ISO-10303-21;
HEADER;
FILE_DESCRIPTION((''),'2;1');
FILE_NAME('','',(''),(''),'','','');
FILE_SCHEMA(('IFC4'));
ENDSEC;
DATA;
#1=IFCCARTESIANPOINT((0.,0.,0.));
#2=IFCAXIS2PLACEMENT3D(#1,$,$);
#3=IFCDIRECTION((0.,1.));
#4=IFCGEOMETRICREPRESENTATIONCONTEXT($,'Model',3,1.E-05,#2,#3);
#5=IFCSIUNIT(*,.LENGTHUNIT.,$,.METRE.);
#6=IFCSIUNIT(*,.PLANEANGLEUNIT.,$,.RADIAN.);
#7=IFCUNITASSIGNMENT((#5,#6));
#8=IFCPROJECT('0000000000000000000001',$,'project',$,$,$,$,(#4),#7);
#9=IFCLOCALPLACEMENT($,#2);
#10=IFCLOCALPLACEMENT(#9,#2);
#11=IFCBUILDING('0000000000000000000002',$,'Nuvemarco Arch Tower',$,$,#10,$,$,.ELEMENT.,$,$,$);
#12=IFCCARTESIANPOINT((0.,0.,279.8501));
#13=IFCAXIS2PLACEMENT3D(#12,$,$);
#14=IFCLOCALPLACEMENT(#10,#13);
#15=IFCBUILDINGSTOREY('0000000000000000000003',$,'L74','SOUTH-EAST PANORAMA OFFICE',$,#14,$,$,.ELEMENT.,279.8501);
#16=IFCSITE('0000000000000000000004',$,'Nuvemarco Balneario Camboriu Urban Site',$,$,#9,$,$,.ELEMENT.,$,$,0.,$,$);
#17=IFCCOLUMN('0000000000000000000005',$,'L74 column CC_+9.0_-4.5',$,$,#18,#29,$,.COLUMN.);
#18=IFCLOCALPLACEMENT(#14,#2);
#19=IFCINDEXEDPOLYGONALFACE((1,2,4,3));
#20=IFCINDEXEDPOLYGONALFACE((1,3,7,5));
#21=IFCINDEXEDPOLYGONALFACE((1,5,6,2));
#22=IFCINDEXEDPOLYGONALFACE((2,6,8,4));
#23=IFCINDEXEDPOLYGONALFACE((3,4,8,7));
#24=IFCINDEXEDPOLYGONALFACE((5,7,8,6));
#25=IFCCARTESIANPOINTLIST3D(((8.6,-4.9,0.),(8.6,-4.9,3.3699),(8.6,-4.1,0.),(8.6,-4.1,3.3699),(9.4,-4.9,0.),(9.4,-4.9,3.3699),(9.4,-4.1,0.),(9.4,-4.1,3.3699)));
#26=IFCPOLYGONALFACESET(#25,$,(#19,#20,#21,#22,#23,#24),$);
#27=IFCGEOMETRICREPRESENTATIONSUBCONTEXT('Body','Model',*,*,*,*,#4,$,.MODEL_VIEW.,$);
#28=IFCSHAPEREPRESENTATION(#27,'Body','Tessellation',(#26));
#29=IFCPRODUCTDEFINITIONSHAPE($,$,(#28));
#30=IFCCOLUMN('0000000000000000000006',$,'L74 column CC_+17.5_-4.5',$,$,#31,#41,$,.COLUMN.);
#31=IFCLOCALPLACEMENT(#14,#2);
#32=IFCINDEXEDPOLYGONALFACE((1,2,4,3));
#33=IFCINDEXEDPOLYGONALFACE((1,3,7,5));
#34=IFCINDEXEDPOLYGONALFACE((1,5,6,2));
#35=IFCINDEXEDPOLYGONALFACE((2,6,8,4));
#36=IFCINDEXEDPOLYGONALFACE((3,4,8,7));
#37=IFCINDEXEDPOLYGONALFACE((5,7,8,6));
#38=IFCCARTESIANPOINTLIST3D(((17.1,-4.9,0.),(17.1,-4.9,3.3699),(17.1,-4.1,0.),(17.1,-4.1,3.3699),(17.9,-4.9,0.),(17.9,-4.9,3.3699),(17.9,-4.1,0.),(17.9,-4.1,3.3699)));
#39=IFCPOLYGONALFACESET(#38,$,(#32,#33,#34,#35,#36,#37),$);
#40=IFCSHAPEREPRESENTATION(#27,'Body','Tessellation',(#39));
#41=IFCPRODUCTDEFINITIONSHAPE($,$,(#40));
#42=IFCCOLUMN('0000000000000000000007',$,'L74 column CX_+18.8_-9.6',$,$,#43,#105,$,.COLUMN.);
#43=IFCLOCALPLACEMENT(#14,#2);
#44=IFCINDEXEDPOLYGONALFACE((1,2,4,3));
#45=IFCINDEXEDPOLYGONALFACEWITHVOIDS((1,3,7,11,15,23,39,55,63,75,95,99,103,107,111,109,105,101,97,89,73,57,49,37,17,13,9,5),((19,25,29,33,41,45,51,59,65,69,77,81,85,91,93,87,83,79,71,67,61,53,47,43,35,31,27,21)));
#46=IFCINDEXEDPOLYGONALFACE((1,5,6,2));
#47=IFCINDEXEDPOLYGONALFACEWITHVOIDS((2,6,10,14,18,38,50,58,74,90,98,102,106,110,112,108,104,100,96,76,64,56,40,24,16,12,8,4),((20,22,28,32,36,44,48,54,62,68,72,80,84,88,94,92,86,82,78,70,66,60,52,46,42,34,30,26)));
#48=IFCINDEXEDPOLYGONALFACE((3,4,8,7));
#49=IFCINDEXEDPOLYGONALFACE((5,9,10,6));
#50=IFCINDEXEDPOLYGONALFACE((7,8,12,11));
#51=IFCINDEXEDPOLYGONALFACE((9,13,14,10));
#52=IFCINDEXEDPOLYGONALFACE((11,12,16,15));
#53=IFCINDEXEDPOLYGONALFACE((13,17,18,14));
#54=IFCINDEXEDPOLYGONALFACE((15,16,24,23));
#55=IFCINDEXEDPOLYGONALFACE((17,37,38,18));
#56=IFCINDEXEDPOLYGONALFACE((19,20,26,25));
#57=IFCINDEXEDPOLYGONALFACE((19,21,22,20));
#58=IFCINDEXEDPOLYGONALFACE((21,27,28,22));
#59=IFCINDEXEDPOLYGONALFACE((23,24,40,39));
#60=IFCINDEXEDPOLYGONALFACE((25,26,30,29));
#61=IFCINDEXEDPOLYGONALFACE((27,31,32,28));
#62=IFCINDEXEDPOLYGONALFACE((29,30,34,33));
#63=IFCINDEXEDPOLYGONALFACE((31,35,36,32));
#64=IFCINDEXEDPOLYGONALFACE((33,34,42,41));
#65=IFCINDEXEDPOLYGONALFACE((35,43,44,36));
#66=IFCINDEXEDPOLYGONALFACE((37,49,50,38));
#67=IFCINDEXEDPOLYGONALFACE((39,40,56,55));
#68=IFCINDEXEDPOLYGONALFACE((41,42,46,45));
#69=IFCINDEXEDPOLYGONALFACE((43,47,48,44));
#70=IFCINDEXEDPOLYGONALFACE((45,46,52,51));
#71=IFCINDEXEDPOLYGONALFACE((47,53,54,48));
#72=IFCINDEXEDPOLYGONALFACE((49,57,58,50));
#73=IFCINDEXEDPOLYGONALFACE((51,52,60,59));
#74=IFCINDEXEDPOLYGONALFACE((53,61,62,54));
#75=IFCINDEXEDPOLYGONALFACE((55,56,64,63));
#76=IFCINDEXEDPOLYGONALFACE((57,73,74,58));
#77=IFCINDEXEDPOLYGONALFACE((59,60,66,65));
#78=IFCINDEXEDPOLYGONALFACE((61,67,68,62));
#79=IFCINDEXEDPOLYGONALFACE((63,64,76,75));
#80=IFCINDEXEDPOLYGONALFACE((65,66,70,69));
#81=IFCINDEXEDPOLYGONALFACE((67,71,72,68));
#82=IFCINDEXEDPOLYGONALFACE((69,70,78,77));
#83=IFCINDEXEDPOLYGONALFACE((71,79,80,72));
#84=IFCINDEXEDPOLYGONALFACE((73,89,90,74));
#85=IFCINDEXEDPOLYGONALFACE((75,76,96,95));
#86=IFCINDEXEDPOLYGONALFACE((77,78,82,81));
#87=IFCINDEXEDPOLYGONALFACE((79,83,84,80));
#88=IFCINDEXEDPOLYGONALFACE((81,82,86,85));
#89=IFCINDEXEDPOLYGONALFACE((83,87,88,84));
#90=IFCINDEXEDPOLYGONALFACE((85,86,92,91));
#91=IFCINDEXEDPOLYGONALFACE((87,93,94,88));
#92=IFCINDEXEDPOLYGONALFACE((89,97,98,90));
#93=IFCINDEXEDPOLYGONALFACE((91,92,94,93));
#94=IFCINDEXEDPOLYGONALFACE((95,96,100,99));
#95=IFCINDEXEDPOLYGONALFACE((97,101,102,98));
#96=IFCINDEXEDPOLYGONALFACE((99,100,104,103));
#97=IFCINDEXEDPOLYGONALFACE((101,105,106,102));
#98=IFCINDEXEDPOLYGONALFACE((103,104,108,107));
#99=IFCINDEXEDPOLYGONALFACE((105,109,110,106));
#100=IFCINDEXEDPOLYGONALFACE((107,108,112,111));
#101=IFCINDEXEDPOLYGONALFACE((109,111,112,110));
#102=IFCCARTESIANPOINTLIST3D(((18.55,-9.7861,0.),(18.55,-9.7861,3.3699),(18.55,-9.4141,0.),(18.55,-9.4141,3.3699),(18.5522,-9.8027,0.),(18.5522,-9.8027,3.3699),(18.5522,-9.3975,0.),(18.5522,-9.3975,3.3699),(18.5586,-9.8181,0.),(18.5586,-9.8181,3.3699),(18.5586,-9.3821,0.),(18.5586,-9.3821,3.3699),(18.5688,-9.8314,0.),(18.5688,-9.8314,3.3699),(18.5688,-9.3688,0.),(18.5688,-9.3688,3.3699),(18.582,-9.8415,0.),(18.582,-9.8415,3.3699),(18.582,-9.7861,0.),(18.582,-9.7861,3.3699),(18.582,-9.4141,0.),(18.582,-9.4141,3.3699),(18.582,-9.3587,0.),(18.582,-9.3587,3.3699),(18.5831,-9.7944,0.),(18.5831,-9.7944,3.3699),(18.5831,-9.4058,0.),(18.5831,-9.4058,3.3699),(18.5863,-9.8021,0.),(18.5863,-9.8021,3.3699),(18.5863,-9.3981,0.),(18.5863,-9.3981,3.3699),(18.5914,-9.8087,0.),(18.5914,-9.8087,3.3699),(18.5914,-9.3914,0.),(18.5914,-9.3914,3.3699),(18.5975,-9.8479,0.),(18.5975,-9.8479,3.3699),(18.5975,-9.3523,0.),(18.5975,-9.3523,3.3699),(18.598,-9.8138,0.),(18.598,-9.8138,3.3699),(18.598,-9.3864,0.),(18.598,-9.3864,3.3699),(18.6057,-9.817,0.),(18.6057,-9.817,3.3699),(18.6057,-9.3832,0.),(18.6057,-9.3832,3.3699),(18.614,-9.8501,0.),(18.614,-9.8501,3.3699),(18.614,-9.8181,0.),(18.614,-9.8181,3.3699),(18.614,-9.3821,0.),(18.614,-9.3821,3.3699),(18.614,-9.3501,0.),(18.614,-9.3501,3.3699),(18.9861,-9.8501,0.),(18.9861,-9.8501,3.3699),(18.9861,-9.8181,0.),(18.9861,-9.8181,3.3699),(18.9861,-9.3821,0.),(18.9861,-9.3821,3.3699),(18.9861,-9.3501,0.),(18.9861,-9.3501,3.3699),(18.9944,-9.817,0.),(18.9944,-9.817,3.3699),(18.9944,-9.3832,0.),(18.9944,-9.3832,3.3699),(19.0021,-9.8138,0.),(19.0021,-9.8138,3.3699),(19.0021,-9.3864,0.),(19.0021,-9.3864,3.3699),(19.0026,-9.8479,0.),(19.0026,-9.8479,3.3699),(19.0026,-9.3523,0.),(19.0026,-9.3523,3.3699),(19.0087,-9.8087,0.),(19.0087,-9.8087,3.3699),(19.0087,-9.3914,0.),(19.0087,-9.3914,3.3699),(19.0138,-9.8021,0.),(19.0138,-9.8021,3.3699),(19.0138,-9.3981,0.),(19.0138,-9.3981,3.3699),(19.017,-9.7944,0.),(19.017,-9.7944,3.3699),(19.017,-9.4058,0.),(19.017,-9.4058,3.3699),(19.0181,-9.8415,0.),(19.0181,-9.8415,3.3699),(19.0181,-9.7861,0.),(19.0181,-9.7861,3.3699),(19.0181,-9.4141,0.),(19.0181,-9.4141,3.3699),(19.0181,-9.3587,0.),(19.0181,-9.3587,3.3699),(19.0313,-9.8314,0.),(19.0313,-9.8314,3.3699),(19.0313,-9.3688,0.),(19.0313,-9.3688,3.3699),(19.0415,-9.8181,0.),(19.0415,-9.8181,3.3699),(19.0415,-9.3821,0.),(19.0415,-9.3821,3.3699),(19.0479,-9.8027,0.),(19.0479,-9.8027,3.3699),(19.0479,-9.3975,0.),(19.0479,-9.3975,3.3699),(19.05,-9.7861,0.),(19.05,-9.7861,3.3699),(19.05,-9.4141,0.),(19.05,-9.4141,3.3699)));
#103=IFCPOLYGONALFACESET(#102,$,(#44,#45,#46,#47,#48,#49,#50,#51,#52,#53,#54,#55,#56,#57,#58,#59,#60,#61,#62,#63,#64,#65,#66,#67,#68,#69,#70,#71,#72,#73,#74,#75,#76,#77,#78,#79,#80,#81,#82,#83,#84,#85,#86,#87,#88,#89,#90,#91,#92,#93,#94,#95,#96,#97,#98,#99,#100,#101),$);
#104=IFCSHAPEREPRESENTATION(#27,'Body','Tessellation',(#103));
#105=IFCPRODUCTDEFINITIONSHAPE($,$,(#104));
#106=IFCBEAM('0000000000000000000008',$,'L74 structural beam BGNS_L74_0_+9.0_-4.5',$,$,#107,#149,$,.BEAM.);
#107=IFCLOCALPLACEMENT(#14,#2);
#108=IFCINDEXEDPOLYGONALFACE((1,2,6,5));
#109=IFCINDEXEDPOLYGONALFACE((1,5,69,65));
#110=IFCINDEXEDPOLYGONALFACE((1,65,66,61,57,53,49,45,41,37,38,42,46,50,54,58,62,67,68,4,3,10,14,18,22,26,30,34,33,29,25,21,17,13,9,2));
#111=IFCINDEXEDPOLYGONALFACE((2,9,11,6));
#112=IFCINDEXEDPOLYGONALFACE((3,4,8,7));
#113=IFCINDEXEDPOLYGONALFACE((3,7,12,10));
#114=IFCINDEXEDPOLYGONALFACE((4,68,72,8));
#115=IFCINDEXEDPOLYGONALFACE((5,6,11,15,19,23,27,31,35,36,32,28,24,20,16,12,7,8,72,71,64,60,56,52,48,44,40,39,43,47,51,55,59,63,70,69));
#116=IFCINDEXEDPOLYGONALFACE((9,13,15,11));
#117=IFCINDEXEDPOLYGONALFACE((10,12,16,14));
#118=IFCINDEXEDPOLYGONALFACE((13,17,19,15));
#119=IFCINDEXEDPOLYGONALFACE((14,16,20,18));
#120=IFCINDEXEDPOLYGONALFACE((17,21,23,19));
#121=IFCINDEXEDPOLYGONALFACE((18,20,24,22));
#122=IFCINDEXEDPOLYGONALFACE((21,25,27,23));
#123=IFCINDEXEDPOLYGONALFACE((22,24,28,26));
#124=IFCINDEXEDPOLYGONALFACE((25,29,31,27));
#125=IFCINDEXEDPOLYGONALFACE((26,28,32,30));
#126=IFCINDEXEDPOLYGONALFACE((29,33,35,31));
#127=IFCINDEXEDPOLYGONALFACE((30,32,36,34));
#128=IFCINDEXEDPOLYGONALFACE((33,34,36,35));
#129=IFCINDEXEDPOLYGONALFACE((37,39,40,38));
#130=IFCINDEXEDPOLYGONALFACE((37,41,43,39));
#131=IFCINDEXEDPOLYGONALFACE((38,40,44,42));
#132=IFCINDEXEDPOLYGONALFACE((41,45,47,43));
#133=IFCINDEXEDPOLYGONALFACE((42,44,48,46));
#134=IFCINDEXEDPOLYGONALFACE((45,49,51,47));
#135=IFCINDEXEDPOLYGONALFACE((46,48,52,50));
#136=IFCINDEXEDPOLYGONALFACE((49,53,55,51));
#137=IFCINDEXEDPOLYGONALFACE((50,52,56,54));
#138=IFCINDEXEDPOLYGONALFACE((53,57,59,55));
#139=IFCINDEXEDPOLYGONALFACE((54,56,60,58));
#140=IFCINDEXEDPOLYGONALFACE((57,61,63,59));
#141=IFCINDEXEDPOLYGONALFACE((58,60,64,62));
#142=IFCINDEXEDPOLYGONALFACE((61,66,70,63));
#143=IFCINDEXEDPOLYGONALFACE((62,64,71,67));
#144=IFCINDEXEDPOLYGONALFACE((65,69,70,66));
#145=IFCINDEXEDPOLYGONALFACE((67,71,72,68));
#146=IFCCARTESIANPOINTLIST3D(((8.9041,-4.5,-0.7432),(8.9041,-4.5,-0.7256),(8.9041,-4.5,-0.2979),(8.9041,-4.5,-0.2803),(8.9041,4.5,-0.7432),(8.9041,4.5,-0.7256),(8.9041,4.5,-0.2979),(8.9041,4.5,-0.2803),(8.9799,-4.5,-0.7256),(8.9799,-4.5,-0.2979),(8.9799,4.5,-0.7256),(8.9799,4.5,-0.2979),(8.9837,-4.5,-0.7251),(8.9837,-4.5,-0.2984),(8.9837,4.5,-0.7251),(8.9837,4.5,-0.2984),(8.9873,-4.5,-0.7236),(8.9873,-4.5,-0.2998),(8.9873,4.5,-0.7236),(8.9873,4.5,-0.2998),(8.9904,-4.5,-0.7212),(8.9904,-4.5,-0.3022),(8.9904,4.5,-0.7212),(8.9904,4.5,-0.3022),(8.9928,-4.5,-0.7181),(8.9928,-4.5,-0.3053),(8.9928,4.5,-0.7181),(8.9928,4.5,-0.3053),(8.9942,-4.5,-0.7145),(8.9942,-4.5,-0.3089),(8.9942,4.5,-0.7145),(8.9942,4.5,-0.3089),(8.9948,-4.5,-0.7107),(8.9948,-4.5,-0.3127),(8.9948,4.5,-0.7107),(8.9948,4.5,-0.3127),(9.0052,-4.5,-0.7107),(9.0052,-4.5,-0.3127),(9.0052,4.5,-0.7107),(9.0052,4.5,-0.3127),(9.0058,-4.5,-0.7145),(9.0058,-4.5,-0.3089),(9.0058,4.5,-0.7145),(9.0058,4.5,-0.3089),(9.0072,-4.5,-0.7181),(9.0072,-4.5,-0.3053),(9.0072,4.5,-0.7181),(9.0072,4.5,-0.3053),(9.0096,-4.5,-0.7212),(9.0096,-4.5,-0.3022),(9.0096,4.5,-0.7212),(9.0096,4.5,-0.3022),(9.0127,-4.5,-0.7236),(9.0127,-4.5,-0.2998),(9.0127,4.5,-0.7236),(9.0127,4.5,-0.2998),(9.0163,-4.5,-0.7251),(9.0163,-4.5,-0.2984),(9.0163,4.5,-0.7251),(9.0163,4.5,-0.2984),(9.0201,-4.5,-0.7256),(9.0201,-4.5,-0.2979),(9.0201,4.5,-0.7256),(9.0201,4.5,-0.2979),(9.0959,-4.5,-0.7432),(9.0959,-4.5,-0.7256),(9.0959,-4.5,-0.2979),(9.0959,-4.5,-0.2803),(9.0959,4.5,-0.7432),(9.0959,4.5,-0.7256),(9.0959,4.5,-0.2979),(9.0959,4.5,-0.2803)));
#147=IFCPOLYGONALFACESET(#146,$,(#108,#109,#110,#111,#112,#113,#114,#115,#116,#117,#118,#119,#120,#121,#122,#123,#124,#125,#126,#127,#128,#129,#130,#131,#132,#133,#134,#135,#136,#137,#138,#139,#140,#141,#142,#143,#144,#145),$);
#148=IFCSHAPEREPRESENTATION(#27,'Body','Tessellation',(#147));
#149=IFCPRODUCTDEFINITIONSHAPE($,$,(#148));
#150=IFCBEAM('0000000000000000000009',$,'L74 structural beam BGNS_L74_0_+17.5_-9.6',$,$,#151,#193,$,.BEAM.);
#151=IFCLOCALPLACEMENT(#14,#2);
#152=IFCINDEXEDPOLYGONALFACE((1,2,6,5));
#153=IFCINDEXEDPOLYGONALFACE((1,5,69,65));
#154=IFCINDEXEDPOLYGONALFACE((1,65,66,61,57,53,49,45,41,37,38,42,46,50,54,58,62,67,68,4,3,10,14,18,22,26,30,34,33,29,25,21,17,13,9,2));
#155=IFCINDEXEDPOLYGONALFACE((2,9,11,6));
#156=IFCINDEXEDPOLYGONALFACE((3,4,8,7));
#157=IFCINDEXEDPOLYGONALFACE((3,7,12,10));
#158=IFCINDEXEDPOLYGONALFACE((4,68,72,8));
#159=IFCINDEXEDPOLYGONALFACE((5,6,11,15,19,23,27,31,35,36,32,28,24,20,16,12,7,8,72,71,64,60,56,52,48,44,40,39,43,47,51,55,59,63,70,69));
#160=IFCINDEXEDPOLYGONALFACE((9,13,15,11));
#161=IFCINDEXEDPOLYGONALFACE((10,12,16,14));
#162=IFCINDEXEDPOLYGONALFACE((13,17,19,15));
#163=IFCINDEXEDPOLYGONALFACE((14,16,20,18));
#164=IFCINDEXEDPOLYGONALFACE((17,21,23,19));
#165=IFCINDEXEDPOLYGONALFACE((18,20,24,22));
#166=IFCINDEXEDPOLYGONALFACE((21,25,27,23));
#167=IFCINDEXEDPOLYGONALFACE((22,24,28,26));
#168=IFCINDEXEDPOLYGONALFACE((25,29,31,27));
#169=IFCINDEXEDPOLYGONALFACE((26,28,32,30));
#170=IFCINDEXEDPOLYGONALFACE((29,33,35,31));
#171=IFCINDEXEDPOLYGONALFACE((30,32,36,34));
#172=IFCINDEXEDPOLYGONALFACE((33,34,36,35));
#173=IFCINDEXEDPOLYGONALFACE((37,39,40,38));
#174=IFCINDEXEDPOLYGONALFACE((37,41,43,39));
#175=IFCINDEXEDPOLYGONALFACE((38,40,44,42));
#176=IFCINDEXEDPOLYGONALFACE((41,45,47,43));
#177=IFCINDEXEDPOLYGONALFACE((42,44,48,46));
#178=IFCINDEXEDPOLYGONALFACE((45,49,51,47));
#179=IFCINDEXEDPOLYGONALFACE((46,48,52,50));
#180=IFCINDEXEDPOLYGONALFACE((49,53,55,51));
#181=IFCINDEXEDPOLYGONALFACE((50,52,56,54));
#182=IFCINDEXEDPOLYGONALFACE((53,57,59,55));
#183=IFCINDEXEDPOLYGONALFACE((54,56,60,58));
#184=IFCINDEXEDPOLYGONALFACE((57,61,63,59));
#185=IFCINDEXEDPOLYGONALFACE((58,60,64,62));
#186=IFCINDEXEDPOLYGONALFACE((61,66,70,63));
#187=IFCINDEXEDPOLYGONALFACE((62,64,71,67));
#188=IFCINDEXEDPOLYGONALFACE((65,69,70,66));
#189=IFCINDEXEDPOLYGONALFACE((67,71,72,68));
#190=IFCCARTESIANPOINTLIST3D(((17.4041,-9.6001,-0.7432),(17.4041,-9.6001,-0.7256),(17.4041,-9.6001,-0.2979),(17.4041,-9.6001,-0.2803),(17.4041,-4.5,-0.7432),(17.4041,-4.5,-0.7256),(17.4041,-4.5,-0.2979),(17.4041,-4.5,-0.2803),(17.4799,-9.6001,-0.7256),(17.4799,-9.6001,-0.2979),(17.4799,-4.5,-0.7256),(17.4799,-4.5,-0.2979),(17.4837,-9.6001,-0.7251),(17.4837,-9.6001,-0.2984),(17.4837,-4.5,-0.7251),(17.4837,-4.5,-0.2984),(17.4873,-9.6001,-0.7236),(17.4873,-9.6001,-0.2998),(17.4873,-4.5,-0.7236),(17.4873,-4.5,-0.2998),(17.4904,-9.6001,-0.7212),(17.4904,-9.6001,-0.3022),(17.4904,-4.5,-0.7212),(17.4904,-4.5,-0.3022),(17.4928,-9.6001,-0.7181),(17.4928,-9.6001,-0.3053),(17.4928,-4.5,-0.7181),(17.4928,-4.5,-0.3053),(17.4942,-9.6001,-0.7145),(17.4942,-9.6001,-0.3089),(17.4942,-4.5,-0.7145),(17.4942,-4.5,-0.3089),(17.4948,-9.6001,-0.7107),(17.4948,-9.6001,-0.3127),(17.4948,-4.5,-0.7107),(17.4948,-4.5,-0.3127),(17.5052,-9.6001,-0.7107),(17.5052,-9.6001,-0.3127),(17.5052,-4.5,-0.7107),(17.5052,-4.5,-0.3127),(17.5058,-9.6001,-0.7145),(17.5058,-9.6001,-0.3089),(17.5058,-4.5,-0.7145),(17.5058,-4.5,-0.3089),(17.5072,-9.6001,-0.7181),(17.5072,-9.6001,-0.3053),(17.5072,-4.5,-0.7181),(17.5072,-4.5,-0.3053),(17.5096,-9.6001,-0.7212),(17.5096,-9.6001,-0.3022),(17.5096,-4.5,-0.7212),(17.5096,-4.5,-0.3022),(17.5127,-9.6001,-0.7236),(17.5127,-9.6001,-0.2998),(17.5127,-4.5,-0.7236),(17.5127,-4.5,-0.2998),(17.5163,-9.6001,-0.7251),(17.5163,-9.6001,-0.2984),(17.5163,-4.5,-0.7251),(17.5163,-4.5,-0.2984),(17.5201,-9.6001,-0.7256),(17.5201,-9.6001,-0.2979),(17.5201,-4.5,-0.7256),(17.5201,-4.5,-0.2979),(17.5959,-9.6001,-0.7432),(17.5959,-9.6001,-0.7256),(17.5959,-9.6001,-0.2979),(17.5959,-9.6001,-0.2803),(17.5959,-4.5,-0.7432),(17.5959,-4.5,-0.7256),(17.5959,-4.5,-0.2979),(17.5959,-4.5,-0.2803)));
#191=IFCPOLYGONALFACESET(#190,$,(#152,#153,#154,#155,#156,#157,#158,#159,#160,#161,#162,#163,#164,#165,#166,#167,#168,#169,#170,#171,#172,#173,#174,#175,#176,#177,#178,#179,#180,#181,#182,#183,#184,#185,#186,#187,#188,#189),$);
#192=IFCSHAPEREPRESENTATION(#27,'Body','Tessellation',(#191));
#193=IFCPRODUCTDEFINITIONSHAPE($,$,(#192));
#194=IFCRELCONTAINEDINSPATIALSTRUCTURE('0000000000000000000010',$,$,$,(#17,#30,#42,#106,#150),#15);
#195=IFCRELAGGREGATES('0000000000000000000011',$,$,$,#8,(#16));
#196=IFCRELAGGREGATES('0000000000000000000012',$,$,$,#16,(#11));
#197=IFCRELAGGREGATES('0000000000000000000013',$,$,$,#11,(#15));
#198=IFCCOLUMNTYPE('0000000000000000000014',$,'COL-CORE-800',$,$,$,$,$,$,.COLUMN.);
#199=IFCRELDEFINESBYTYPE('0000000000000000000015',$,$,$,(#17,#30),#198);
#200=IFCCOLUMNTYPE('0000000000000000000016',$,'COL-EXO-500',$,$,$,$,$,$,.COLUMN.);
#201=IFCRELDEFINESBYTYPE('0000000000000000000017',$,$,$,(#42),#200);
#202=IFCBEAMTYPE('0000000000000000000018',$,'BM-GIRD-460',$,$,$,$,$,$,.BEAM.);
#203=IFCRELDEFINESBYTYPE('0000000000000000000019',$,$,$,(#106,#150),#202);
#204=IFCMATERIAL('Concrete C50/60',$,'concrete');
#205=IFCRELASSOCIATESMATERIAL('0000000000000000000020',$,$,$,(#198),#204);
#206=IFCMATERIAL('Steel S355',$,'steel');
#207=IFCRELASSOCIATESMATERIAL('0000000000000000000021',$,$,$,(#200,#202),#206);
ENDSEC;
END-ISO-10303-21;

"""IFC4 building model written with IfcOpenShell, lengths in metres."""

from ifc_helpers import new_model, si_unit, direction, frame, origin, origin_2d, place, context, subcontext, project, spatial, rectangle, hollow_rectangle, i_section, extrude, material, material_profile, profile_set, type_object, element, save


model = new_model("IFC4")

# Units and contexts
model_context = context("Model", 3, precision=1e-05, world=origin(), true_north=direction((0.0, 1.0)))
body_context = subcontext(model_context, "Body", "Model", "MODEL_VIEW")
ifc_project = project(units=[si_unit("LENGTHUNIT", "METRE"), si_unit("PLANEANGLEUNIT", "RADIAN")], contexts=[model_context])

# Site, building, storey
site_placement = place(None, origin())
site = spatial("IfcSite", under=ifc_project, at=site_placement, Name="Nuvemarco Balneario Camboriu Urban Site", CompositionType="ELEMENT", RefElevation=0.0)
building_placement = place(site_placement, origin())
building = spatial("IfcBuilding", under=site, at=building_placement, Name="Nuvemarco Arch Tower", CompositionType="ELEMENT")
storey_placement = place(building_placement, frame((0.0, 0.0, 279.8501)))
storey = spatial("IfcBuildingStorey", under=building, at=storey_placement, Name="L74", Description="SOUTH-EAST PANORAMA OFFICE", CompositionType="ELEMENT", Elevation=279.8501)

# Columns
ifc_material_1 = material(Name="Concrete C50/60", Category="concrete")
ifc_material_profile_1 = material_profile(ifc_material_1, rectangle(XDim=0.8, YDim=0.8, at=origin_2d()), Name="RC-COL-800x800")
ifc_profile_set_1 = profile_set([ifc_material_profile_1], Name="Concrete C50/60")
column_type_1 = type_object("IfcColumnType", Name="COL-CORE-800", PredefinedType="COLUMN", material=ifc_profile_set_1)
for number, where, z_axis, x_axis, name in (
    (1, (9.0, -4.5, 0.0), (0.0, 0.0, 1.0), (1.0, 0.0, 0.0), "L74 column CC_+9.0_-4.5"),
    (2, (17.5, -4.5, 0.0), (0.0, 0.0, 1.0), (1.0, 0.0, 0.0), "L74 column CC_+17.5_-4.5"),
):
    element("IfcColumn", number, at=place(storey_placement, frame(where, z_axis=z_axis, x_axis=x_axis)), inside=storey, type_object=column_type_1, Name=name, PredefinedType="COLUMN", context=body_context, shape_type="SweptSolid", body=[
        extrude(rectangle(XDim=0.8, YDim=0.8, at=origin_2d()), origin(), (0.0, 0.0, 1.0), 3.3699),
    ])
ifc_material_2 = material(Name="Steel S355", Category="steel")
ifc_material_profile_2 = material_profile(ifc_material_2, hollow_rectangle(XDim=0.5, YDim=0.5, WallThickness=0.032, InnerFilletRadius=0.032, OuterFilletRadius=0.064, at=origin_2d()), Name="SHS500x500x32")
ifc_profile_set_2 = profile_set([ifc_material_profile_2], Name="Steel S355")
column_type_2 = type_object("IfcColumnType", Name="COL-EXO-500", PredefinedType="COLUMN", material=ifc_profile_set_2)
column_placement = place(storey_placement, frame((18.8, -9.6001, 0.0), z_axis=(0.0, 0.0, 1.0), x_axis=(1.0, 0.0, 0.0)))
element("IfcColumn", 3, at=column_placement, inside=storey, type_object=column_type_2, Name="L74 column CX_+18.8_-9.6", PredefinedType="COLUMN", context=body_context, shape_type="SweptSolid", body=[
    extrude(hollow_rectangle(XDim=0.5, YDim=0.5, WallThickness=0.032, InnerFilletRadius=0.032, OuterFilletRadius=0.064, at=origin_2d()), origin(), (0.0, 0.0, 1.0), 3.3699),
])

# Beams
ifc_material_profile_3 = material_profile(ifc_material_2, i_section(OverallWidth=0.1919, OverallDepth=0.4629, WebThickness=0.0105, FlangeThickness=0.0176, FilletRadius=0.0149, at=origin_2d()), Name="W460x89")
ifc_profile_set_3 = profile_set([ifc_material_profile_3], Name="Steel S355")
beam_type_1 = type_object("IfcBeamType", Name="BM-GIRD-460", PredefinedType="BEAM", material=ifc_profile_set_3)
beam_1_placement = place(storey_placement, frame((9.0, -4.5, -0.5117), z_axis=(0.0, 1.0, 0.0), x_axis=(-1.0, 0.0, 0.0)))
element("IfcBeam", 4, at=beam_1_placement, inside=storey, type_object=beam_type_1, Name="L74 structural beam BGNS_L74_0_+9.0_-4.5", PredefinedType="BEAM", context=body_context, shape_type="SweptSolid", body=[
    extrude(i_section(OverallWidth=0.1919, OverallDepth=0.4629, WebThickness=0.0105, FlangeThickness=0.0176, FilletRadius=0.0149, at=origin_2d()), origin(), (0.0, 0.0, 1.0), 9.0),
])
beam_2_placement = place(storey_placement, frame((17.5, -9.6001, -0.5117), z_axis=(0.0, 1.0, 0.0), x_axis=(-1.0, 0.0, 0.0)))
element("IfcBeam", 5, at=beam_2_placement, inside=storey, type_object=beam_type_1, Name="L74 structural beam BGNS_L74_0_+17.5_-9.6", PredefinedType="BEAM", context=body_context, shape_type="SweptSolid", body=[
    extrude(i_section(OverallWidth=0.1919, OverallDepth=0.4629, WebThickness=0.0105, FlangeThickness=0.0176, FilletRadius=0.0149, at=origin_2d()), origin(), (0.0, 0.0, 1.0), 5.1001),
])

save(model, "model.ifc")
